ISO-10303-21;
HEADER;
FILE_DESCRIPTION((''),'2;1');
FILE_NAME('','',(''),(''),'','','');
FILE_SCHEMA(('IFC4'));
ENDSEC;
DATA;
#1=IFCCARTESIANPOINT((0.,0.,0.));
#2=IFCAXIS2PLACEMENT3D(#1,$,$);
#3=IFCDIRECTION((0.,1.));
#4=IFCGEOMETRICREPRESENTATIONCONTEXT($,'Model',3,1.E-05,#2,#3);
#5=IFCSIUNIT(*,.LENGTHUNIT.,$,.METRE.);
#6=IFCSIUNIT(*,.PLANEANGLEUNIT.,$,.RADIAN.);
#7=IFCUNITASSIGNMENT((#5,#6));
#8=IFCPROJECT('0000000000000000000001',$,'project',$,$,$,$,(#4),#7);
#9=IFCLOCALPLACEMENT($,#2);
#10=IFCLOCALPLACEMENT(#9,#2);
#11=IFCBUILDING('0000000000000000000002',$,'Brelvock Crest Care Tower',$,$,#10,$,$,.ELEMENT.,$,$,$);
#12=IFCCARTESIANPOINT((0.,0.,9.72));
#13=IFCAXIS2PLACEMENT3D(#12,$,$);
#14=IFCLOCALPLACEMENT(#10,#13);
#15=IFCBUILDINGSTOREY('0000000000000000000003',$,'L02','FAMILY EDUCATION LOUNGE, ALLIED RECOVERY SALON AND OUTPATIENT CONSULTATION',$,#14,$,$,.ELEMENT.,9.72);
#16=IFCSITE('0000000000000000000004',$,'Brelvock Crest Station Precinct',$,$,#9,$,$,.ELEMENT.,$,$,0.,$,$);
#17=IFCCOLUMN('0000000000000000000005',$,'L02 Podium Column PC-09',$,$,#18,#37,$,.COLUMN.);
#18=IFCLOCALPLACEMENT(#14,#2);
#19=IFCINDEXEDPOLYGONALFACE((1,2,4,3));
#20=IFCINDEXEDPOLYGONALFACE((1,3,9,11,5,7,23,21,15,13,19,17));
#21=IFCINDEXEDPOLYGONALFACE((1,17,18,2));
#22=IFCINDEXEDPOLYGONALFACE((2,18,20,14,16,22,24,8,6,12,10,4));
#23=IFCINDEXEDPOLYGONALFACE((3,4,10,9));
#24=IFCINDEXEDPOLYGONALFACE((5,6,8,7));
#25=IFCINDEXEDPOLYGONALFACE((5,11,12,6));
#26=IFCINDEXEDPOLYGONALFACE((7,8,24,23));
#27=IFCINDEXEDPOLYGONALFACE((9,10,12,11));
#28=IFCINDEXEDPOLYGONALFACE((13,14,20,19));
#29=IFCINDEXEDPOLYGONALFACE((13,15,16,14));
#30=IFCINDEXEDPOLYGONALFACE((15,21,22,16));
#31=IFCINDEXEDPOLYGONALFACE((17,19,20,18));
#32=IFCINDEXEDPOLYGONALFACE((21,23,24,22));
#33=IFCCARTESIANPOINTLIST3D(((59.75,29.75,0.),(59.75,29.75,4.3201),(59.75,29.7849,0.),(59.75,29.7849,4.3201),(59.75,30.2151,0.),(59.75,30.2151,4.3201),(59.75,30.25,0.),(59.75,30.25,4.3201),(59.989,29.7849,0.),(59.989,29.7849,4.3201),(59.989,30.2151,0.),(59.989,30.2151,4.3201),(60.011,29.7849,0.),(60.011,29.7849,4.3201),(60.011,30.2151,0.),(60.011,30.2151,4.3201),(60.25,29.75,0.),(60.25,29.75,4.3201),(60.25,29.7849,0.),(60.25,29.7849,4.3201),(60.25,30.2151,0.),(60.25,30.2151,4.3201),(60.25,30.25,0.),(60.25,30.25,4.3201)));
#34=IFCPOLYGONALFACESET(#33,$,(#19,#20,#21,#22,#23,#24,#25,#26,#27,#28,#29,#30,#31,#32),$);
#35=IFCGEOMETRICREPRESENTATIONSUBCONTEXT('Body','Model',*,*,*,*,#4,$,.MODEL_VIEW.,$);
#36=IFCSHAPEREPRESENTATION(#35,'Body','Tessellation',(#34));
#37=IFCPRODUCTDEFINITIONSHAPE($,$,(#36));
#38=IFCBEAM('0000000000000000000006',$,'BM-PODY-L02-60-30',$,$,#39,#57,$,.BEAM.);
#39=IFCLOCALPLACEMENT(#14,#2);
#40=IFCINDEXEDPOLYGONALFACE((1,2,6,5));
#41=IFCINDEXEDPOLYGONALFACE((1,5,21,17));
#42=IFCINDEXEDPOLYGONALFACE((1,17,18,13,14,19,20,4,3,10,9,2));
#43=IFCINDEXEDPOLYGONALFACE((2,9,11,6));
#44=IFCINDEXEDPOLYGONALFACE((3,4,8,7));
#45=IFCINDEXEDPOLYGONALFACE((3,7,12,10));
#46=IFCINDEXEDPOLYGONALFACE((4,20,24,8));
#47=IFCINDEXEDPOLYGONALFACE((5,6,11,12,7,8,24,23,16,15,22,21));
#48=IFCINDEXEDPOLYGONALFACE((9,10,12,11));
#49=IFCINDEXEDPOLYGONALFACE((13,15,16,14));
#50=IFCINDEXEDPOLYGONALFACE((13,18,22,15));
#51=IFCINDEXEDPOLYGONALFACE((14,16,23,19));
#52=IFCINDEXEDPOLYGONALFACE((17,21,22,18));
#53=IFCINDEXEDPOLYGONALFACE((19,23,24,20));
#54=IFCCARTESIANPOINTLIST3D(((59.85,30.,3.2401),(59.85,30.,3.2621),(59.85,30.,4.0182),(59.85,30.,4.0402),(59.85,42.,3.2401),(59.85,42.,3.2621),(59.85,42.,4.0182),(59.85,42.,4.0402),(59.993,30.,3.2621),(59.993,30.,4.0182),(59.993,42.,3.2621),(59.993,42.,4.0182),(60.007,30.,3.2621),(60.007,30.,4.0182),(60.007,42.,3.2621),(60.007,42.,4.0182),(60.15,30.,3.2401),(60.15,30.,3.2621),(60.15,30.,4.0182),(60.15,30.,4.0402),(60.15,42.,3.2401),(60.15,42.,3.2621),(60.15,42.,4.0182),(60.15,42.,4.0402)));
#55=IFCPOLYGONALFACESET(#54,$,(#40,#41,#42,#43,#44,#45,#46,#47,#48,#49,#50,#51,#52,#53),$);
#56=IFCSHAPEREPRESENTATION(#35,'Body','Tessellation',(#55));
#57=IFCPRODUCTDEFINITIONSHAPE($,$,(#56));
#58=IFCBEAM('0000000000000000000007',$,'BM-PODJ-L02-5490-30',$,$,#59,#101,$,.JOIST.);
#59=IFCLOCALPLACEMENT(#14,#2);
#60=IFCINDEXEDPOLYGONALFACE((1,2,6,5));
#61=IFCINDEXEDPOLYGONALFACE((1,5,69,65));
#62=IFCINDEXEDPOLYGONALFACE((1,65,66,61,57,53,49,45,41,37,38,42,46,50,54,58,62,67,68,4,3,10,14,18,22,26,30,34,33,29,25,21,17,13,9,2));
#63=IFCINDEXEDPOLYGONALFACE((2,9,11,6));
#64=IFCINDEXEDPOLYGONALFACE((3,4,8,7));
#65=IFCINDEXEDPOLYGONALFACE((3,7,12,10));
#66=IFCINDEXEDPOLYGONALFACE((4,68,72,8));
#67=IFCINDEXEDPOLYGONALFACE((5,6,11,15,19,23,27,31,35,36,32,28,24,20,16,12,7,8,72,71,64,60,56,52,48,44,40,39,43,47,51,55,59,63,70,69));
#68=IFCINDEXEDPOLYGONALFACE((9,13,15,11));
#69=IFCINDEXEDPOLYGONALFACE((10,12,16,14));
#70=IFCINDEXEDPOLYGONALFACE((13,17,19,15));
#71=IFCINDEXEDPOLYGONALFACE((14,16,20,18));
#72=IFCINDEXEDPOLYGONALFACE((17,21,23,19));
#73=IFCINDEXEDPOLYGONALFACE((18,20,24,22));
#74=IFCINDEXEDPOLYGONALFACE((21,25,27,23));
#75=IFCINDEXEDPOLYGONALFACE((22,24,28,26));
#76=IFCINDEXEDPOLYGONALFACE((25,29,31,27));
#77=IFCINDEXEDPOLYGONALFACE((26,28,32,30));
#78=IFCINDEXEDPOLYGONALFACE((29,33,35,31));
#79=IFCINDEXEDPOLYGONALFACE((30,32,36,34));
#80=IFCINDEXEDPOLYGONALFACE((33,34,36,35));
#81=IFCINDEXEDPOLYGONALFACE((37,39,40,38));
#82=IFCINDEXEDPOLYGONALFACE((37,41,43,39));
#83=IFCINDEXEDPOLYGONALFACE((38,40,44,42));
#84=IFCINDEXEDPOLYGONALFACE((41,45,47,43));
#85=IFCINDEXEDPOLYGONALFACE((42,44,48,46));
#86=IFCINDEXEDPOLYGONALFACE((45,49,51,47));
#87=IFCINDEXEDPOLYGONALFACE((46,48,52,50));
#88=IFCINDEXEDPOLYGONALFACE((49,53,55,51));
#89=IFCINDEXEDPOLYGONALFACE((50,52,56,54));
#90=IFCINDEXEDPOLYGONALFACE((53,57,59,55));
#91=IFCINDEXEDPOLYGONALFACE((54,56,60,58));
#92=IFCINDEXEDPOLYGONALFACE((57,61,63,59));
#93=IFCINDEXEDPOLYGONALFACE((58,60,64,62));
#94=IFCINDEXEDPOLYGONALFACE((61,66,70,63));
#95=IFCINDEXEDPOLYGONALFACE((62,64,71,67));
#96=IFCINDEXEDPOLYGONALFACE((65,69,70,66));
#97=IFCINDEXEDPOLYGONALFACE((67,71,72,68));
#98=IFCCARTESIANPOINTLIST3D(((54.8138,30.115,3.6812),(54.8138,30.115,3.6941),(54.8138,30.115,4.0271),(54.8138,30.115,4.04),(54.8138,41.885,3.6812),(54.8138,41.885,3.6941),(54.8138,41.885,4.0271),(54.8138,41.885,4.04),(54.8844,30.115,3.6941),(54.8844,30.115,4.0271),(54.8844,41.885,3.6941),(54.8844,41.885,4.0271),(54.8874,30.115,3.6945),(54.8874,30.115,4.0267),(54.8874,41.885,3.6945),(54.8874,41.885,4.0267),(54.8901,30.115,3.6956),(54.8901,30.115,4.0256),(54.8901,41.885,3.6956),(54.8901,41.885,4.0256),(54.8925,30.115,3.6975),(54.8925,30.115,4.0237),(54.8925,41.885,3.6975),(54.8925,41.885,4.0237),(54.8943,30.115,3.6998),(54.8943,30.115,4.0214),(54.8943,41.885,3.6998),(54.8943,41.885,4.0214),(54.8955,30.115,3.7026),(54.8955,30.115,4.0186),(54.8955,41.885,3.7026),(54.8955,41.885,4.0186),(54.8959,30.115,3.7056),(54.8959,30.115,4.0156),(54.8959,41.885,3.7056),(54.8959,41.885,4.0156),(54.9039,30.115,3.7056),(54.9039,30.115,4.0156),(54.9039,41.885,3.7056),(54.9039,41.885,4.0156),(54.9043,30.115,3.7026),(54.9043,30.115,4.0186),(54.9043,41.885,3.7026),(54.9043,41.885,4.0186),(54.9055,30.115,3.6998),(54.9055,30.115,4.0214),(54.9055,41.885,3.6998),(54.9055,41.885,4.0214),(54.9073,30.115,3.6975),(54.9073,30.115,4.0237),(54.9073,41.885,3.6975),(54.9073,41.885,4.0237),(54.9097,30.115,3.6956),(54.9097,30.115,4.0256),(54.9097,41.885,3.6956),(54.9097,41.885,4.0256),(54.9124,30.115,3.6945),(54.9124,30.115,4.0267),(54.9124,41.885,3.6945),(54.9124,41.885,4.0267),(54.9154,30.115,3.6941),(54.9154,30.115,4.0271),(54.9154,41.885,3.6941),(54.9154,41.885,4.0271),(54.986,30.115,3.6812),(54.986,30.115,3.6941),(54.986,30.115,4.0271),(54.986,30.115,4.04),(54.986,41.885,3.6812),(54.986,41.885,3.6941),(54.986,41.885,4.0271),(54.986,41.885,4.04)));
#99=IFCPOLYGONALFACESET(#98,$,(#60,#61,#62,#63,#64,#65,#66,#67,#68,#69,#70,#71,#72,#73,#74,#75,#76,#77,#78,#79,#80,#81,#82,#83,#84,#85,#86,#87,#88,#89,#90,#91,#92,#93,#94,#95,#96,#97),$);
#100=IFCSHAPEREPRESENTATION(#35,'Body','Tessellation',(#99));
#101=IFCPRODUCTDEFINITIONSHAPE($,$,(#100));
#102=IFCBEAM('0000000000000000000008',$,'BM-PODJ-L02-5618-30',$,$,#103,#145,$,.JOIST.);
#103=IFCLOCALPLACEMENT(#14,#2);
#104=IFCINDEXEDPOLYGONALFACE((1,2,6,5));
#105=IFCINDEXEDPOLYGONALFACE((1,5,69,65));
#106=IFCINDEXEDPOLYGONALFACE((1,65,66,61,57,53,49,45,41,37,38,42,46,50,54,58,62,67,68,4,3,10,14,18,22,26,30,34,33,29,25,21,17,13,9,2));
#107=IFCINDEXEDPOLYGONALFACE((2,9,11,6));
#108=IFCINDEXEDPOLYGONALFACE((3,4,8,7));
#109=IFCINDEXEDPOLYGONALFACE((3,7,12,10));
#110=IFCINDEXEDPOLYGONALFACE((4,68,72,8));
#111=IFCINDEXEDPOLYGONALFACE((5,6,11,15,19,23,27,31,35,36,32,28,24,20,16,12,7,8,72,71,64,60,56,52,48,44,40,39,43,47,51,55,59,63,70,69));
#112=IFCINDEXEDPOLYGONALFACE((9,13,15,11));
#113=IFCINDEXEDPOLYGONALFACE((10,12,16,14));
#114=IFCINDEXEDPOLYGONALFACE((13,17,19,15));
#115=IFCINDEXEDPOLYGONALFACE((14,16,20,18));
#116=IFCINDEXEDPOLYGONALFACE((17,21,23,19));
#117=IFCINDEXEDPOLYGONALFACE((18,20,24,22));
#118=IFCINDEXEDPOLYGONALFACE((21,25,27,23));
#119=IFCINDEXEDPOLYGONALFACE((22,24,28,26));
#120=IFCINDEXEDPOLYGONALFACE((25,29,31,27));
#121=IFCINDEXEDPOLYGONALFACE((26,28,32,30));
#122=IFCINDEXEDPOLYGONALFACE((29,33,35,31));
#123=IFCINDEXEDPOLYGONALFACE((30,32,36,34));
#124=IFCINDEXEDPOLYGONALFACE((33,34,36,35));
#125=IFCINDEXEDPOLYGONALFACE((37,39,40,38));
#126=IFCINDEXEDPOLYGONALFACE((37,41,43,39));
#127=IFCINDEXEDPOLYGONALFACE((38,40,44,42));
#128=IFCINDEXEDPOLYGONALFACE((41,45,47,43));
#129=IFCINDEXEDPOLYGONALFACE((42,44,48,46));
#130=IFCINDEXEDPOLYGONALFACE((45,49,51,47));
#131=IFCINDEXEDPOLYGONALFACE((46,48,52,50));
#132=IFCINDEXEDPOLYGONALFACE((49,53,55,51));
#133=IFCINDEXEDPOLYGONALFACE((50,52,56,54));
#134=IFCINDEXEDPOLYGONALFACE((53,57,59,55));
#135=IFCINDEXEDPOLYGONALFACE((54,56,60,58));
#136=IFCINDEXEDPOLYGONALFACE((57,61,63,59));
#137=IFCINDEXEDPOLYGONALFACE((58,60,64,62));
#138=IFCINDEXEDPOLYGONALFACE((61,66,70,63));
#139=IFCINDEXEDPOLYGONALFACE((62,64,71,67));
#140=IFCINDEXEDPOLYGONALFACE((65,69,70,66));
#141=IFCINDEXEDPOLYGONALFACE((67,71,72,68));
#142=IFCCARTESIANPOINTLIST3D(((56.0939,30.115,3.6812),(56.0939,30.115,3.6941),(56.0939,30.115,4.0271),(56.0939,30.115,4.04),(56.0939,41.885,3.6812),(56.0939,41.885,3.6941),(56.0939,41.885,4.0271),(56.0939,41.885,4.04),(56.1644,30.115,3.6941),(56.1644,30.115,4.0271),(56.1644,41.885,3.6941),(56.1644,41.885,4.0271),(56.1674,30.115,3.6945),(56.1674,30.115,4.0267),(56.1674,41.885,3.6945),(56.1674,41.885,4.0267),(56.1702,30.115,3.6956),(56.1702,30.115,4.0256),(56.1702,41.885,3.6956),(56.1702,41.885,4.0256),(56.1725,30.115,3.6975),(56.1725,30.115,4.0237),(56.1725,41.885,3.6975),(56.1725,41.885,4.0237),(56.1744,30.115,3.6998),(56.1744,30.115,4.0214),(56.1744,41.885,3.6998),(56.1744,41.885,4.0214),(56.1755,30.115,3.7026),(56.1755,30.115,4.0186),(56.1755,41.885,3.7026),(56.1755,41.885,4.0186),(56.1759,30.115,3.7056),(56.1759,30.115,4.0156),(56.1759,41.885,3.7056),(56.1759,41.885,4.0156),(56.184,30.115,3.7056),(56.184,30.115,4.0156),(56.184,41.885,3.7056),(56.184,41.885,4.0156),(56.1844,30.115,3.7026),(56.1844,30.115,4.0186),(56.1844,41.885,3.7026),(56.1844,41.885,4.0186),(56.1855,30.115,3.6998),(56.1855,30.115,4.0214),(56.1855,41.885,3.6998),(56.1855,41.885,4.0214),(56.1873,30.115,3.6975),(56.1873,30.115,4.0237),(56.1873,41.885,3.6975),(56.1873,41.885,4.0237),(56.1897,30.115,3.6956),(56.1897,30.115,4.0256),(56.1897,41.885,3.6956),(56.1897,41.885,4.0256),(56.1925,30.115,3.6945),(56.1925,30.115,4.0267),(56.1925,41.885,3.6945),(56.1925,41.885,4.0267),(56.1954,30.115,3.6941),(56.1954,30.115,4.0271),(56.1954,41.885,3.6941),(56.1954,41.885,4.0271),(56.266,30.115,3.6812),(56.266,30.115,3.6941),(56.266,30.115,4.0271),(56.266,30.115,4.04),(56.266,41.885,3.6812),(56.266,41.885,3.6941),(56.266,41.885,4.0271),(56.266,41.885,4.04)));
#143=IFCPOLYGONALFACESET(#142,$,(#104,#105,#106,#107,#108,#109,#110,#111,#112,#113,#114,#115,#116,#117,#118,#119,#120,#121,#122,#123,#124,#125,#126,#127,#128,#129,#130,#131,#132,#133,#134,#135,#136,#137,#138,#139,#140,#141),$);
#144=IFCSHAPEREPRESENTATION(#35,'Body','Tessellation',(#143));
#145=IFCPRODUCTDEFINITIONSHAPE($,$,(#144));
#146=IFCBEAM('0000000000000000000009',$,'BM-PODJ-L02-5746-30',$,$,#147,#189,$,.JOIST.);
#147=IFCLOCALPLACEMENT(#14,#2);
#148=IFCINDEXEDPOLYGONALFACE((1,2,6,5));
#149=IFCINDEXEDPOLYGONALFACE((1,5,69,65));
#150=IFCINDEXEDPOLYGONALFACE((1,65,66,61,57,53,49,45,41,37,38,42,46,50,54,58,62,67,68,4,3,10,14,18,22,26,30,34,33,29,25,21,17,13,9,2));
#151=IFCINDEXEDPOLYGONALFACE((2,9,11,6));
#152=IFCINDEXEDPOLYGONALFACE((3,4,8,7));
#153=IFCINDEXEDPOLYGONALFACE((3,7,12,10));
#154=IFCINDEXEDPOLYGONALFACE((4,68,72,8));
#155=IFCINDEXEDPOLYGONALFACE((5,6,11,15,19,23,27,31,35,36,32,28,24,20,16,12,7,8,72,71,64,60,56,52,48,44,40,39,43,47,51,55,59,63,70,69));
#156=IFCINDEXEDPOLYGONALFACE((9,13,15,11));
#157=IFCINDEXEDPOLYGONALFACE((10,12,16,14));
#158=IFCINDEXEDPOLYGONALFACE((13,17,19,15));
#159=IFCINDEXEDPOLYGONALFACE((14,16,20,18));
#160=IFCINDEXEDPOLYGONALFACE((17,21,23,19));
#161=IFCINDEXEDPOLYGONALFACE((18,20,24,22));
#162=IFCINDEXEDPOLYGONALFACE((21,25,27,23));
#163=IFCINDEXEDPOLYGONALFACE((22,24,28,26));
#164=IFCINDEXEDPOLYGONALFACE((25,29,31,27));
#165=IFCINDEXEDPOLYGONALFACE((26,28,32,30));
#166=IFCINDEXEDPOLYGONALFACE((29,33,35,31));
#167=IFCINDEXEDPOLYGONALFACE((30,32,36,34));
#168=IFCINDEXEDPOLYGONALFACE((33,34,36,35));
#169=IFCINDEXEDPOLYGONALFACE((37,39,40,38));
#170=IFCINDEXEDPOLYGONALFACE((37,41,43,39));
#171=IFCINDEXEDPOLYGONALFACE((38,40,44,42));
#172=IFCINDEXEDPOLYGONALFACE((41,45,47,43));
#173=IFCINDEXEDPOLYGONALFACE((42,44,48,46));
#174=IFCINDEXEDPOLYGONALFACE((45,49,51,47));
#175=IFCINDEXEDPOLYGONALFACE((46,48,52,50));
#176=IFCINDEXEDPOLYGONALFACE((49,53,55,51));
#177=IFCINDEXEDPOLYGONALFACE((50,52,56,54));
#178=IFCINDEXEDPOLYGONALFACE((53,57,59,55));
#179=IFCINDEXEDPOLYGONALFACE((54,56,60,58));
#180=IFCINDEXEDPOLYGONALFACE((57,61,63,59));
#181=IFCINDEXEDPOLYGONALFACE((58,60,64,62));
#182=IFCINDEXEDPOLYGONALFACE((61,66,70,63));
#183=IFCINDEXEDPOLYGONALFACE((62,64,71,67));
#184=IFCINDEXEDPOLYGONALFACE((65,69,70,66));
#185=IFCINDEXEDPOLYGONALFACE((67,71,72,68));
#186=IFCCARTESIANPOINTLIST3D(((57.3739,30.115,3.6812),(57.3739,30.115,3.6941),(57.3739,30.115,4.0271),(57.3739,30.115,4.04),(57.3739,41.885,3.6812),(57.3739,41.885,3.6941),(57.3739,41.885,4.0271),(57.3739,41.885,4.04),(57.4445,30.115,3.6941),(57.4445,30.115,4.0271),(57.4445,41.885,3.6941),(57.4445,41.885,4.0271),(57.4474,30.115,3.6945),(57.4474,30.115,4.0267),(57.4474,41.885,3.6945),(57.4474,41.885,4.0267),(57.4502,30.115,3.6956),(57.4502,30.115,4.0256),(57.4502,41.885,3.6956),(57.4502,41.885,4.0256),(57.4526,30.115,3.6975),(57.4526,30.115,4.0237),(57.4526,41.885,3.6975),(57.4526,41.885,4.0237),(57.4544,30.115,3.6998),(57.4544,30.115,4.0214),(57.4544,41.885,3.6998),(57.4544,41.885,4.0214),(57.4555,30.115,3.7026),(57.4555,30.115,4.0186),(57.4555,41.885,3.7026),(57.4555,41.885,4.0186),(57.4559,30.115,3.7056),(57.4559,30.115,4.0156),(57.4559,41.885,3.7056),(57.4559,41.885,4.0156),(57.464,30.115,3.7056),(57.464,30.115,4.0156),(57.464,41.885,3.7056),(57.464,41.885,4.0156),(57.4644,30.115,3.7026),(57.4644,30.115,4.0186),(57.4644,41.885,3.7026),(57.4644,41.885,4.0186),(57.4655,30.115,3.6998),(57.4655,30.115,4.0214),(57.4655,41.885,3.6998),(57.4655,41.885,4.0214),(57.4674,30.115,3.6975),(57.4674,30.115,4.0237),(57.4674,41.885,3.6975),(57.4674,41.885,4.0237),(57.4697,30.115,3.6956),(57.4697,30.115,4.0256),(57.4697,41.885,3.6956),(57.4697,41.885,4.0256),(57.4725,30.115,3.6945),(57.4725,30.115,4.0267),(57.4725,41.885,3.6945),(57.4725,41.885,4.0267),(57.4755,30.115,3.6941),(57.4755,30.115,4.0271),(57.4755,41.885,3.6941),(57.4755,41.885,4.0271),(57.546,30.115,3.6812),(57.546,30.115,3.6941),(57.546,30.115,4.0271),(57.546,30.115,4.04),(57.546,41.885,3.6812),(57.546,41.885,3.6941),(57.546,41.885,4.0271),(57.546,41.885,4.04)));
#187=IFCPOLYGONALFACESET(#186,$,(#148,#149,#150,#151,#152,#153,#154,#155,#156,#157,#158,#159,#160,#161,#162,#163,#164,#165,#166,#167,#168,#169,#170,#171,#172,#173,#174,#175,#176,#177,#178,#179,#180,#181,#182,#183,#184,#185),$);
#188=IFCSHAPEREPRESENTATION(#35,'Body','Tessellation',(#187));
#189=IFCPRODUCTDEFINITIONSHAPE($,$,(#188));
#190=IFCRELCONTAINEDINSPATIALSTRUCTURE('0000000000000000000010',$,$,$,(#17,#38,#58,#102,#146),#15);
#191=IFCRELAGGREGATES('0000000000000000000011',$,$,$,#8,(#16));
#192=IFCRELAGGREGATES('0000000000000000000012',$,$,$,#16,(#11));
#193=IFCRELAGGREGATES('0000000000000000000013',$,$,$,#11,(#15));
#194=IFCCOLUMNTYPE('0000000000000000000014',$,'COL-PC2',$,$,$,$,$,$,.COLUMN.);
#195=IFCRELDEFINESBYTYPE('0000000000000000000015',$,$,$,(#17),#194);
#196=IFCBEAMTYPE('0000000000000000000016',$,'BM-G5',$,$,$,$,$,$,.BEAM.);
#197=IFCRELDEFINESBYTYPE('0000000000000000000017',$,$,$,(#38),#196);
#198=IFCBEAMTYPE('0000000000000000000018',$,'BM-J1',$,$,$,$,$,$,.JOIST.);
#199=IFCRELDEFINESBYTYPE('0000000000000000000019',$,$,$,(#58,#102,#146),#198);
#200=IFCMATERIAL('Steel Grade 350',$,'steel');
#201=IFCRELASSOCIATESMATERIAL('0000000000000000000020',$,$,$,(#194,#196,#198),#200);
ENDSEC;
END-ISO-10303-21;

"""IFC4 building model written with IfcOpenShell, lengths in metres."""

from ifc_helpers import new_model, si_unit, direction, frame, origin, origin_2d, place, context, subcontext, project, spatial, i_section, extrude, source, transform, mapped, material, material_profile, profile_set, type_object, element, save


model = new_model("IFC4")

# Units and contexts
model_context = context("Model", 3, precision=1e-05, world=origin(), true_north=direction((0.0, 1.0)))
body_context = subcontext(model_context, "Body", "Model", "MODEL_VIEW")
ifc_project = project(units=[si_unit("LENGTHUNIT", "METRE"), si_unit("PLANEANGLEUNIT", "RADIAN")], contexts=[model_context])

# Site, building, storey
site_placement = place(None, origin())
site = spatial("IfcSite", under=ifc_project, at=site_placement, Name="Brelvock Crest Station Precinct", CompositionType="ELEMENT", RefElevation=0.0)
building_placement = place(site_placement, origin())
building = spatial("IfcBuilding", under=site, at=building_placement, Name="Brelvock Crest Care Tower", CompositionType="ELEMENT")
storey_placement = place(building_placement, frame((0.0, 0.0, 9.72)))
storey = spatial("IfcBuildingStorey", under=building, at=storey_placement, Name="L02", Description="FAMILY EDUCATION LOUNGE, ALLIED RECOVERY SALON AND OUTPATIENT CONSULTATION", CompositionType="ELEMENT", Elevation=9.72)

# Column
ifc_material_1 = material(Name="Steel Grade 350", Category="steel")
ifc_material_profile_1 = material_profile(ifc_material_1, i_section(OverallWidth=0.5, OverallDepth=0.5, WebThickness=0.022, FlangeThickness=0.0349, at=origin_2d()), Name="500WC340")
ifc_profile_set_1 = profile_set([ifc_material_profile_1], Name="Steel Grade 350")
column_type = type_object("IfcColumnType", Name="COL-PC2", PredefinedType="COLUMN", material=ifc_profile_set_1)
shared_shape_1 = source(origin(), body_context, "Body", "SweptSolid", [
    extrude(i_section(OverallWidth=0.5, OverallDepth=0.5, WebThickness=0.022, FlangeThickness=0.0349, at=origin_2d()), origin(), (0.0, 0.0, 1.0), 4.3201),
])
column_placement = place(storey_placement, frame((60.0, 30.0, 0.0), z_axis=(0.0, 0.0, 1.0), x_axis=(1.0, 0.0, 0.0)))
element("IfcColumn", 1, at=column_placement, inside=storey, type_object=column_type, Name="L02 Podium Column PC-09", PredefinedType="COLUMN", context=body_context, shape_type="MappedRepresentation", body=[
    mapped(shared_shape_1, transform((0.0, 0.0, 0.0), x_axis=(1.0, 0.0, 0.0), y_axis=(0.0, 1.0, 0.0), z_axis=(0.0, 0.0, 1.0), scale=1.0)),
])

# Beams
ifc_material_profile_2 = material_profile(ifc_material_1, i_section(OverallWidth=0.3, OverallDepth=0.8, WebThickness=0.0139, FlangeThickness=0.022, at=origin_2d()), Name="800WB192")
ifc_profile_set_2 = profile_set([ifc_material_profile_2], Name="Steel Grade 350")
beam_type_1 = type_object("IfcBeamType", Name="BM-G5", PredefinedType="BEAM", material=ifc_profile_set_2)
shared_shape_2 = source(origin(), body_context, "Body", "SweptSolid", [
    extrude(i_section(OverallWidth=0.3, OverallDepth=0.8, WebThickness=0.0139, FlangeThickness=0.022, at=origin_2d()), origin(), (0.0, 0.0, 1.0), 12.0),
])
beam_placement = place(storey_placement, frame((60.0, 30.0, 3.6401), z_axis=(0.0, 1.0, 0.0), x_axis=(-1.0, 0.0, 0.0)))
element("IfcBeam", 2, at=beam_placement, inside=storey, type_object=beam_type_1, Name="BM-PODY-L02-60-30", PredefinedType="BEAM", context=body_context, shape_type="MappedRepresentation", body=[
    mapped(shared_shape_2, transform((0.0, 0.0, 0.0), x_axis=(1.0, 0.0, 0.0), y_axis=(0.0, 1.0, 0.0), z_axis=(0.0, 0.0, 1.0), scale=1.0)),
])
ifc_material_profile_3 = material_profile(ifc_material_1, i_section(OverallWidth=0.1721, OverallDepth=0.3589, WebThickness=0.0081, FlangeThickness=0.0129, FilletRadius=0.0115, at=origin_2d()), Name="360UB56.7")
ifc_profile_set_3 = profile_set([ifc_material_profile_3], Name="Steel Grade 350")
beam_type_2 = type_object("IfcBeamType", Name="BM-J1", PredefinedType="JOIST", material=ifc_profile_set_3)
shared_shape_3 = source(origin(), body_context, "Body", "SweptSolid", [
    extrude(i_section(OverallWidth=0.1721, OverallDepth=0.3589, WebThickness=0.0081, FlangeThickness=0.0129, FilletRadius=0.0115, at=origin_2d()), origin(), (0.0, 0.0, 1.0), 11.77),
])
for number, where, z_axis, x_axis, name in (
    (3, (54.8999, 30.115, 3.8606), (0.0, 1.0, 0.0), (-1.0, 0.0, 0.0), "BM-PODJ-L02-5490-30"),
    (4, (56.1799, 30.115, 3.8606), (0.0, 1.0, 0.0), (-1.0, 0.0, 0.0), "BM-PODJ-L02-5618-30"),
    (5, (57.46, 30.115, 3.8606), (0.0, 1.0, 0.0), (-1.0, 0.0, 0.0), "BM-PODJ-L02-5746-30"),
):
    element("IfcBeam", number, at=place(storey_placement, frame(where, z_axis=z_axis, x_axis=x_axis)), inside=storey, type_object=beam_type_2, Name=name, PredefinedType="JOIST", context=body_context, shape_type="MappedRepresentation", body=[
        mapped(shared_shape_3, transform((0.0, 0.0, 0.0), x_axis=(1.0, 0.0, 0.0), y_axis=(0.0, 1.0, 0.0), z_axis=(0.0, 0.0, 1.0), scale=1.0)),
    ])

save(model, "model.ifc")
